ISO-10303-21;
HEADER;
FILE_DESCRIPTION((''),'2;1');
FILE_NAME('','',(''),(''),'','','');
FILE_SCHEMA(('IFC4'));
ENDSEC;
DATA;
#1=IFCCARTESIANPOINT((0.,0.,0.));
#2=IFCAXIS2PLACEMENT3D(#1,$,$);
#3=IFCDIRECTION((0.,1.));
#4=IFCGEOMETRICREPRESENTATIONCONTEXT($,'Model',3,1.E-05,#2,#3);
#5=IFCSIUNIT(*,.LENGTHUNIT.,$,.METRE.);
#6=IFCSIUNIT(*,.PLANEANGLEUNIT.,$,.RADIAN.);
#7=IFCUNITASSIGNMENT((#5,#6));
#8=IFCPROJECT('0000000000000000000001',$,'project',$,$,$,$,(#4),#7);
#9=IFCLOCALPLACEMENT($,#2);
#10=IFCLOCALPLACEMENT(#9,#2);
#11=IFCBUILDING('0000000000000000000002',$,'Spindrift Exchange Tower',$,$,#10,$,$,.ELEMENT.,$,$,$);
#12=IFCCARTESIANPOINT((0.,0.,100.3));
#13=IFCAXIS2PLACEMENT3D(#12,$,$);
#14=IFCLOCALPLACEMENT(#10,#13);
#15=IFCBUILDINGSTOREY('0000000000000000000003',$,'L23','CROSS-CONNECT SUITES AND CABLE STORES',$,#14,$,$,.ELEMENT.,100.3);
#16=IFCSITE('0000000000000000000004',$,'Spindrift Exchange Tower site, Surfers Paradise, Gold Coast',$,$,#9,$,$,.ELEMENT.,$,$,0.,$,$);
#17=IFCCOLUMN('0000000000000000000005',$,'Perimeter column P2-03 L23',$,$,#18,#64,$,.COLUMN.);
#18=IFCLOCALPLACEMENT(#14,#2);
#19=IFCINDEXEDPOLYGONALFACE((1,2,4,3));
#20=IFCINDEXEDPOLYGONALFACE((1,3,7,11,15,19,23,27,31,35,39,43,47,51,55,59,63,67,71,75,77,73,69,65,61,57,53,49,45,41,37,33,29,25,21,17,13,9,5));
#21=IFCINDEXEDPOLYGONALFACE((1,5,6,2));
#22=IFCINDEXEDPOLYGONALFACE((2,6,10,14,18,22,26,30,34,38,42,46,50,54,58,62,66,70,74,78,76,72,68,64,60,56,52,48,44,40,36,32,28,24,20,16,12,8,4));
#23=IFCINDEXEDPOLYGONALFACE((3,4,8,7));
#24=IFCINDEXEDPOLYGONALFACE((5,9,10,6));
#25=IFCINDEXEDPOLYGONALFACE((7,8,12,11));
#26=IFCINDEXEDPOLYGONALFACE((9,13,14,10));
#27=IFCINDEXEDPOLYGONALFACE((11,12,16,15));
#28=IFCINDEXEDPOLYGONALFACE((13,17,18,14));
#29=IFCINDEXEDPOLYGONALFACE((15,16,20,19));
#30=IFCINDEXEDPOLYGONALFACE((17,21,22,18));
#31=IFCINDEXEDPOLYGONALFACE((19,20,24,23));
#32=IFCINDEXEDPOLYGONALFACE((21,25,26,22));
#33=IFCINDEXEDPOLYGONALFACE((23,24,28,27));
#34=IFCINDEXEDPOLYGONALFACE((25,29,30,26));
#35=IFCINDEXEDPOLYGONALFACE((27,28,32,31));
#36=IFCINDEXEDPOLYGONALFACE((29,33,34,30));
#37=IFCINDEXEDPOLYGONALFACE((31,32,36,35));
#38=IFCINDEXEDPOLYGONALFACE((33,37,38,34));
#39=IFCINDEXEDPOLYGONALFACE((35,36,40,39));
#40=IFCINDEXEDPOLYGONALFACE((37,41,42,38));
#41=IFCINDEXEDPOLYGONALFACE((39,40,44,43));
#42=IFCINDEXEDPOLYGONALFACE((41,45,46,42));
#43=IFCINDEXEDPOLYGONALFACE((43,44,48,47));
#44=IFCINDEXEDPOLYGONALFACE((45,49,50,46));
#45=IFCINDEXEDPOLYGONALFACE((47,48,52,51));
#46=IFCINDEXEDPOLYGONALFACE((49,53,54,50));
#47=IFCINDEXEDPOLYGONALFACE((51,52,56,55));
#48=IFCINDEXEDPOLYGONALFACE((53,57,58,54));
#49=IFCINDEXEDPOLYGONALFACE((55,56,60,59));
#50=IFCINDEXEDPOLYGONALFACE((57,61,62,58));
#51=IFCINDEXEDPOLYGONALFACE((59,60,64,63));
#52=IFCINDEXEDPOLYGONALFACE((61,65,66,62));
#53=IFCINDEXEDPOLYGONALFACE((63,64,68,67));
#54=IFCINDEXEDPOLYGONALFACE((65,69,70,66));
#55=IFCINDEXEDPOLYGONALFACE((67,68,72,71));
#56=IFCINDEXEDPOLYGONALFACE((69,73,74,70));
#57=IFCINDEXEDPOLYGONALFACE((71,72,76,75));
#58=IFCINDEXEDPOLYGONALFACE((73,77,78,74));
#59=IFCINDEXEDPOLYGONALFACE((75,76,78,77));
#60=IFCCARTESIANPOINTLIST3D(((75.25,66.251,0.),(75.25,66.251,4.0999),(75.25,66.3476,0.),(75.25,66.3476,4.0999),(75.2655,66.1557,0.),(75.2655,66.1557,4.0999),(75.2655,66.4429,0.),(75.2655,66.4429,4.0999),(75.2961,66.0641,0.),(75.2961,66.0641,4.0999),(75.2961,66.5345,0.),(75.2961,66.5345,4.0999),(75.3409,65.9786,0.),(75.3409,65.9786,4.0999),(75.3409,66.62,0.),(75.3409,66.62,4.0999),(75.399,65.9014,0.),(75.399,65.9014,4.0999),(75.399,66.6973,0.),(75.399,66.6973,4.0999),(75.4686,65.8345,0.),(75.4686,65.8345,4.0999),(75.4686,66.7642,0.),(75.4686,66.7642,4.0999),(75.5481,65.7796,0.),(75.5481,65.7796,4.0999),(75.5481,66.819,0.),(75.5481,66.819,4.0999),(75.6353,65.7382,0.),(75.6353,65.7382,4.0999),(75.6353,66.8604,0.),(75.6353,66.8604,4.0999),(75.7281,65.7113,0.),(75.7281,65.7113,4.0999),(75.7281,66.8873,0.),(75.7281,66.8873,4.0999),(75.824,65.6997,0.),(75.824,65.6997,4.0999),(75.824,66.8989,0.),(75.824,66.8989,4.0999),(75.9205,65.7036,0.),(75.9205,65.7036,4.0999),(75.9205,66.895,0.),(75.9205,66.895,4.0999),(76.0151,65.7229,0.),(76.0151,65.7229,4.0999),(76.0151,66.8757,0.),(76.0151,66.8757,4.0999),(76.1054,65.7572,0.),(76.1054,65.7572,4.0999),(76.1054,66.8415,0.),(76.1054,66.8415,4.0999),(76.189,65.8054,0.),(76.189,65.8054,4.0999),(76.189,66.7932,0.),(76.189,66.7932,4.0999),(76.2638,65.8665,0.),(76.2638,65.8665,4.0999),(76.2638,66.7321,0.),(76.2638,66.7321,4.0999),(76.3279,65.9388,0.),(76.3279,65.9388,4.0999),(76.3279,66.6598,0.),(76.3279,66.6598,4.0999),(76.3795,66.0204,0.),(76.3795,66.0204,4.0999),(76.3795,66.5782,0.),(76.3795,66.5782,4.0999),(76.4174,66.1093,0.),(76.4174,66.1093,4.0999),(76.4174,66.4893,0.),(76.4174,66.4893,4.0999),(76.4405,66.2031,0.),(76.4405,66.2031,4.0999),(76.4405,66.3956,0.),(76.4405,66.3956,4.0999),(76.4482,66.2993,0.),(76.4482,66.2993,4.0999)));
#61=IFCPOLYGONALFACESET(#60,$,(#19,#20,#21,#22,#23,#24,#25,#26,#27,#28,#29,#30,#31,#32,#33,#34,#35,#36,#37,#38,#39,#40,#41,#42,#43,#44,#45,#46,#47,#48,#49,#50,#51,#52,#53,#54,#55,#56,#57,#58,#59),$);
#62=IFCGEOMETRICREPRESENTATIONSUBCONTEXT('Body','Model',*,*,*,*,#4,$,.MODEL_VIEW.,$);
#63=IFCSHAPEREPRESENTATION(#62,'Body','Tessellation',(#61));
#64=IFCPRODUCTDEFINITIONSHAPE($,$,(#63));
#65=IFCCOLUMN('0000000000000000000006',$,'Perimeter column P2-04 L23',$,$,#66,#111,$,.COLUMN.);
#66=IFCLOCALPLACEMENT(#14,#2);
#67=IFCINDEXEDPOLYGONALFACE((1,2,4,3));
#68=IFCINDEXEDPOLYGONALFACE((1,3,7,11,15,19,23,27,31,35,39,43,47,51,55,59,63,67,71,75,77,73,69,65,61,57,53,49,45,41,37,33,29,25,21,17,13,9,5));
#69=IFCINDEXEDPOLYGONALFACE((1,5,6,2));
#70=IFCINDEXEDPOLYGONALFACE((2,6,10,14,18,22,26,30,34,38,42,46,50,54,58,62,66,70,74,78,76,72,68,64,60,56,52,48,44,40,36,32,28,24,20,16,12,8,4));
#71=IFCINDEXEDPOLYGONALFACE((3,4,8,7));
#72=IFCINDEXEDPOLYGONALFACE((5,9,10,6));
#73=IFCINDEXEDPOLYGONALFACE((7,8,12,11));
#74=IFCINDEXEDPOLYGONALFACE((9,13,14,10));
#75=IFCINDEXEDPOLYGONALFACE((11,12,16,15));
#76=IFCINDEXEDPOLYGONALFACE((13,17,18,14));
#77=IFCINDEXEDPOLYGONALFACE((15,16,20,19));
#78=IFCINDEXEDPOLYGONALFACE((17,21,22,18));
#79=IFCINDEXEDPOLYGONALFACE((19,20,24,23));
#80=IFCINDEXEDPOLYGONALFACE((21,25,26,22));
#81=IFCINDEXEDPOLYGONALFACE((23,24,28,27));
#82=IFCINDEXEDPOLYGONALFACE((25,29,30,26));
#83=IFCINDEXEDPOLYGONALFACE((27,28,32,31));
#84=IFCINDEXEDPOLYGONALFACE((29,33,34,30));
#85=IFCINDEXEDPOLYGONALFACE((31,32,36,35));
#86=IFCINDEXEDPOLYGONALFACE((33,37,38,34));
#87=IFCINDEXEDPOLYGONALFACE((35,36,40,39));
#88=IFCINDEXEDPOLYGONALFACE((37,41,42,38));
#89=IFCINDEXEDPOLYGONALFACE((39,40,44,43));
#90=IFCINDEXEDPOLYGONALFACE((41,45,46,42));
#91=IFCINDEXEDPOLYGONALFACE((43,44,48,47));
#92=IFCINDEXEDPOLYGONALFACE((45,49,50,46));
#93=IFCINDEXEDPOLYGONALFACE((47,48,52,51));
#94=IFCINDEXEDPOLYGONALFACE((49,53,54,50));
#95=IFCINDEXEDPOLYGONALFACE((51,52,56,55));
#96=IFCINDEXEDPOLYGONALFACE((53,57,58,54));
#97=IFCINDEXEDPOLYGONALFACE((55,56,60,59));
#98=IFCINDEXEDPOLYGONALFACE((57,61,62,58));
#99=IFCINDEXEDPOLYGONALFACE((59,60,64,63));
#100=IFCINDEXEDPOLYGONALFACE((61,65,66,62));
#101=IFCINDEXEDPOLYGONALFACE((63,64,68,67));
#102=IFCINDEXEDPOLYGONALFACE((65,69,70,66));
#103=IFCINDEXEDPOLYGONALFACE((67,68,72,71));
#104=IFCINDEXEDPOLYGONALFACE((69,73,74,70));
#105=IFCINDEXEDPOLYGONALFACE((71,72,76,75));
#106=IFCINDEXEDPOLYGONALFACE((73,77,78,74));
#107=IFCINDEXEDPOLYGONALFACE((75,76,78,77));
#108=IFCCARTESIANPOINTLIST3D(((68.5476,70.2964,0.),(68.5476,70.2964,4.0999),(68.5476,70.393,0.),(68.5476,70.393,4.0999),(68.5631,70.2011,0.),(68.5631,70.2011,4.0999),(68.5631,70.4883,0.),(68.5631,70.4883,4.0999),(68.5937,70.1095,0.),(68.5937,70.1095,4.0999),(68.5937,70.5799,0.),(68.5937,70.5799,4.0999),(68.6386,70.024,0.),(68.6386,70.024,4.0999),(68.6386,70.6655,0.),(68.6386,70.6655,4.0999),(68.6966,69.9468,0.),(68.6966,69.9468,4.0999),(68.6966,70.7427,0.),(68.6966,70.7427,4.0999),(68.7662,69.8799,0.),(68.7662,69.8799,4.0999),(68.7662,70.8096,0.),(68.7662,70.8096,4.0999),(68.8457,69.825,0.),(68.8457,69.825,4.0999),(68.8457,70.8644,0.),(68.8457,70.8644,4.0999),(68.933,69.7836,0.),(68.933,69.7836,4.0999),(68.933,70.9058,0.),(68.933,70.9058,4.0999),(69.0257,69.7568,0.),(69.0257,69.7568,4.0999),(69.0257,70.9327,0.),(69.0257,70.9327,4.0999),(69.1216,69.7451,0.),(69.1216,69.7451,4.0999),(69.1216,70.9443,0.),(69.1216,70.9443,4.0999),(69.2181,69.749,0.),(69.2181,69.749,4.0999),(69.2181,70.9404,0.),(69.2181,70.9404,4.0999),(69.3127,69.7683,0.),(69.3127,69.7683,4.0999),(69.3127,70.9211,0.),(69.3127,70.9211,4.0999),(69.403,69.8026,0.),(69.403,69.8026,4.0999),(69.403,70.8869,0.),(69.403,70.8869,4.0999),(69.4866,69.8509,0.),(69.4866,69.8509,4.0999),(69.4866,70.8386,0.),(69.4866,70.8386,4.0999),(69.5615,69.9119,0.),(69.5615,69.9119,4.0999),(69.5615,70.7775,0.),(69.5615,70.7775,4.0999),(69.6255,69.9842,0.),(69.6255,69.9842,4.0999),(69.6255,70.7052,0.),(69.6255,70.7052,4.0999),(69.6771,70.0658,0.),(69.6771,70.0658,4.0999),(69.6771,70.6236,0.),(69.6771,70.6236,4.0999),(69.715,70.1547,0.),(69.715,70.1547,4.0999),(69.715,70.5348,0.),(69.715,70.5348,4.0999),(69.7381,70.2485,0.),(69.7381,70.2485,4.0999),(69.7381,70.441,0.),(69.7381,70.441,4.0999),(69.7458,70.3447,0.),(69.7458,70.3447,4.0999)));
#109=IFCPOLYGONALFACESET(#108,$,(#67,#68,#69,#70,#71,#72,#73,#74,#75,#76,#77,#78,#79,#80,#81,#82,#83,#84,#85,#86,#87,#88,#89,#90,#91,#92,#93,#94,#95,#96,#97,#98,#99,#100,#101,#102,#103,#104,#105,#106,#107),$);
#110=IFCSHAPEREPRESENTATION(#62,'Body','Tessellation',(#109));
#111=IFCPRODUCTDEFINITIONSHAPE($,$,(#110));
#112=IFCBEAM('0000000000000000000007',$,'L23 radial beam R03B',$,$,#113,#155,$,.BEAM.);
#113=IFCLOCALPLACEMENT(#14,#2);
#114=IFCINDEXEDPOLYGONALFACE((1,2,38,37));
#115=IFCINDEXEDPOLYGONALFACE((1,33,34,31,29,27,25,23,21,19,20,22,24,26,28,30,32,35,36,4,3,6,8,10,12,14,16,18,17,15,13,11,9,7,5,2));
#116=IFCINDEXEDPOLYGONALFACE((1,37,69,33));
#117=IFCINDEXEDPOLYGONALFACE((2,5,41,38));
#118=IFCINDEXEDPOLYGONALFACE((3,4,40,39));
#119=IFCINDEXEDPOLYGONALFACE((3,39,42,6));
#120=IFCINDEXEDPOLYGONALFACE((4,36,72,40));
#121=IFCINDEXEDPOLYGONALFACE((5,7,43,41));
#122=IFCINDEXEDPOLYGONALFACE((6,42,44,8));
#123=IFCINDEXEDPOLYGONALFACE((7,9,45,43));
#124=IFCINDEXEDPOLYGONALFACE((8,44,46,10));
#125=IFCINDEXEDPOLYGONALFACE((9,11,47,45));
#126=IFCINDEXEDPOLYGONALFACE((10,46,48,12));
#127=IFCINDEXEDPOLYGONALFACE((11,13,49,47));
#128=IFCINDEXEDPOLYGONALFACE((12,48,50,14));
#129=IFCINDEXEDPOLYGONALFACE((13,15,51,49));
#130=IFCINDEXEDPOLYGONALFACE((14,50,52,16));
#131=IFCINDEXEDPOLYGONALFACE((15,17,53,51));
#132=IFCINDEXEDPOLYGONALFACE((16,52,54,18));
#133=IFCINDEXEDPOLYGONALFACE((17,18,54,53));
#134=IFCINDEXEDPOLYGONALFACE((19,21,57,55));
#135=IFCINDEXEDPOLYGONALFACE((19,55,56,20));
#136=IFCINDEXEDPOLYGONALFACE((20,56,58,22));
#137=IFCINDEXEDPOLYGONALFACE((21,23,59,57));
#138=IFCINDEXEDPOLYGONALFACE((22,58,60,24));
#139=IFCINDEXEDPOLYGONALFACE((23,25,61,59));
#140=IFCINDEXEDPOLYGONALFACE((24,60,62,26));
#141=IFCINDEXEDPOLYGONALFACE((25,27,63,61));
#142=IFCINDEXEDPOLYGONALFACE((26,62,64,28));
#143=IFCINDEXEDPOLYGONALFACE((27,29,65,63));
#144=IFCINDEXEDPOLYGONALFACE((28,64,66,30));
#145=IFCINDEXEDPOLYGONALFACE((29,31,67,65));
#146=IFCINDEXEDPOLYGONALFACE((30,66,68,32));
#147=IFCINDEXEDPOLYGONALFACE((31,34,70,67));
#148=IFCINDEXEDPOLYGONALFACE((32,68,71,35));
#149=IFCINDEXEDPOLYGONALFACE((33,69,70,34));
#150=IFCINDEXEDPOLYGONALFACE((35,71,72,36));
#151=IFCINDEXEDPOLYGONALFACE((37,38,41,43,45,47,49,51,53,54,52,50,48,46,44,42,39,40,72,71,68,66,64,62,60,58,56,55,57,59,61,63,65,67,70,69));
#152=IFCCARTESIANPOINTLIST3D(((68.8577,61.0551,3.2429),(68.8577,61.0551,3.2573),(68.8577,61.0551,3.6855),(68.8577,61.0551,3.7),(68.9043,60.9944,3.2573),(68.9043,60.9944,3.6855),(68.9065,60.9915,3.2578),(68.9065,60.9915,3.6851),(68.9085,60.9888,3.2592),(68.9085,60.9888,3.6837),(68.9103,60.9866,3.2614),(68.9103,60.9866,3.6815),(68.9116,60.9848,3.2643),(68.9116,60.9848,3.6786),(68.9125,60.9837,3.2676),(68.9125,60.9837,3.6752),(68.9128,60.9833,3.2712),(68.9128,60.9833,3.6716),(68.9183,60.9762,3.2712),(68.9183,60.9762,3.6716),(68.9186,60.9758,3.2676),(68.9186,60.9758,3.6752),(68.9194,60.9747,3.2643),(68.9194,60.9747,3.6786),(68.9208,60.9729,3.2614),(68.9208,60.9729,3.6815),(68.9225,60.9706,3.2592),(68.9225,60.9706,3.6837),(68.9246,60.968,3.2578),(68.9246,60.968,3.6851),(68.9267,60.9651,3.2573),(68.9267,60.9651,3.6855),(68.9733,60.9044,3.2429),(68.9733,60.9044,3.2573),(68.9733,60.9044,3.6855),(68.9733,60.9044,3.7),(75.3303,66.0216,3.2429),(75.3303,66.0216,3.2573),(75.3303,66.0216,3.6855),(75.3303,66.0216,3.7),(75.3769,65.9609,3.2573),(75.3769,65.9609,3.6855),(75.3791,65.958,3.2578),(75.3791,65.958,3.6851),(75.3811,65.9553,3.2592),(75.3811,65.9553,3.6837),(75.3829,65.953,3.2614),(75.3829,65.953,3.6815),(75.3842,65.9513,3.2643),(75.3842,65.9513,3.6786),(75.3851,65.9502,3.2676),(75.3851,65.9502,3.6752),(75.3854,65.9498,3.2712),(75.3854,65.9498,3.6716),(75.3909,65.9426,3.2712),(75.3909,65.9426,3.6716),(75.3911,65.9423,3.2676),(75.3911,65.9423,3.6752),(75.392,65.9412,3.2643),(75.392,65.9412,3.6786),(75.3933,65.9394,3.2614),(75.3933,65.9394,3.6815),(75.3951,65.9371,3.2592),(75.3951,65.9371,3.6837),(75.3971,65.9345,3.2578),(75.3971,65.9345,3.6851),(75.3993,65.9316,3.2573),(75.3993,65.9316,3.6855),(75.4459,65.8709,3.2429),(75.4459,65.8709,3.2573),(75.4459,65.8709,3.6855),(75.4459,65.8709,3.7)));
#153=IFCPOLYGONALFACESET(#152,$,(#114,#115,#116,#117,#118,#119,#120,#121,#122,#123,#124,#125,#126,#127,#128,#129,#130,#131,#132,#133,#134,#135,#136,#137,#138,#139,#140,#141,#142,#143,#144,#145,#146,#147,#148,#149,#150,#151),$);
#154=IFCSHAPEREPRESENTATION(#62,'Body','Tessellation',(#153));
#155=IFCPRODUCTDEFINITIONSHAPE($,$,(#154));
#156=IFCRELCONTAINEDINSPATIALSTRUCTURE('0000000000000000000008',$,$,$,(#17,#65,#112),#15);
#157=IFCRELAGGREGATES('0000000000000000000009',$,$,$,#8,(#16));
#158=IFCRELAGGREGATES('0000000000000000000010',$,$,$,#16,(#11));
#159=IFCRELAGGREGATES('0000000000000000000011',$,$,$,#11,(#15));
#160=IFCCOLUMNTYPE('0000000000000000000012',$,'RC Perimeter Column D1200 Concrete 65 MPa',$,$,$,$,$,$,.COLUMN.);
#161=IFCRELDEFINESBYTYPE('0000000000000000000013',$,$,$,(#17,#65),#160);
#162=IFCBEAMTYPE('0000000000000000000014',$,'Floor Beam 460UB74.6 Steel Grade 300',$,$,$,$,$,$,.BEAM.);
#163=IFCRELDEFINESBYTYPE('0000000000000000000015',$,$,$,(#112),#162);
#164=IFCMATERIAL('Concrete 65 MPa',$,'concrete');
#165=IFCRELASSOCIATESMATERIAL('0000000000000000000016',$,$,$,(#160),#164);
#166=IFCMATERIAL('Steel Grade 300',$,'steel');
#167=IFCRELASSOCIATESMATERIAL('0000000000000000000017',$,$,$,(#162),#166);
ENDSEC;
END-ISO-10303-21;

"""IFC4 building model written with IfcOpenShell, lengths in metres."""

from ifc_helpers import new_model, si_unit, direction, frame, origin, origin_2d, place, context, subcontext, project, spatial, circle, i_section, extrude, source, transform, mapped, material, material_profile, profile_set, type_object, element, save


model = new_model("IFC4")

# Units and contexts
model_context = context("Model", 3, precision=1e-05, world=origin(), true_north=direction((0.0, 1.0)))
body_context = subcontext(model_context, "Body", "Model", "MODEL_VIEW")
ifc_project = project(units=[si_unit("LENGTHUNIT", "METRE"), si_unit("PLANEANGLEUNIT", "RADIAN")], contexts=[model_context])

# Site, building, storey
site_placement = place(None, origin())
site = spatial("IfcSite", under=ifc_project, at=site_placement, Name="Spindrift Exchange Tower site, Surfers Paradise, Gold Coast", CompositionType="ELEMENT", RefElevation=0.0)
building_placement = place(site_placement, origin())
building = spatial("IfcBuilding", under=site, at=building_placement, Name="Spindrift Exchange Tower", CompositionType="ELEMENT")
storey_placement = place(building_placement, frame((0.0, 0.0, 100.3)))
storey = spatial("IfcBuildingStorey", under=building, at=storey_placement, Name="L23", Description="CROSS-CONNECT SUITES AND CABLE STORES", CompositionType="ELEMENT", Elevation=100.3)

# Columns
ifc_material_1 = material(Name="Concrete 65 MPa", Category="concrete")
ifc_material_profile_1 = material_profile(ifc_material_1, circle(Radius=0.6001, at=origin_2d()), Name="RC D1200")
ifc_profile_set_1 = profile_set([ifc_material_profile_1], Name="Concrete 65 MPa")
column_type = type_object("IfcColumnType", Name="RC Perimeter Column D1200 Concrete 65 MPa", PredefinedType="COLUMN", material=ifc_profile_set_1)
shared_shape_1 = source(origin(), body_context, "Body", "SweptSolid", [
    extrude(circle(Radius=0.6001, at=origin_2d()), origin(), (0.0, 0.0, 1.0), 4.0999),
])
for number, where, z_axis, x_axis, name in (
    (1, (75.8481, 66.2993, 0.0), (0.0, 0.0, 1.0), (1.0, 0.0, 0.0), "Perimeter column P2-03 L23"),
    (2, (69.1458, 70.3447, 0.0), (0.0, 0.0, 1.0), (1.0, 0.0, 0.0), "Perimeter column P2-04 L23"),
):
    element("IfcColumn", number, at=place(storey_placement, frame(where, z_axis=z_axis, x_axis=x_axis)), inside=storey, type_object=column_type, Name=name, PredefinedType="COLUMN", context=body_context, shape_type="MappedRepresentation", body=[
        mapped(shared_shape_1, transform((0.0, 0.0, 0.0), scale=1.0)),
    ])

# Beam
ifc_material_2 = material(Name="Steel Grade 300", Category="steel")
ifc_material_profile_2 = material_profile(ifc_material_2, i_section(OverallWidth=0.1899, OverallDepth=0.457, WebThickness=0.009, FlangeThickness=0.0144, FilletRadius=0.0139, at=origin_2d()), Name="460UB74.6")
ifc_profile_set_2 = profile_set([ifc_material_profile_2], Name="Steel Grade 300")
beam_type_1 = type_object("IfcBeamType", Name="Floor Beam 460UB74.6 Steel Grade 300", PredefinedType="BEAM", material=ifc_profile_set_2)
shared_shape_2 = source(origin(), body_context, "Body", "SweptSolid", [
    extrude(i_section(OverallWidth=0.1899, OverallDepth=0.457, WebThickness=0.009, FlangeThickness=0.0144, FilletRadius=0.0139, at=origin_2d()), origin(), (0.0, 0.0, 1.0), 8.1584),
])
beam_1_placement = place(storey_placement, frame((68.9155, 60.9797, 3.4714), z_axis=(0.793359, 0.608754, 0.0), x_axis=(-0.608754, 0.793359, 0.0)))
element("IfcBeam", 3, at=beam_1_placement, inside=storey, type_object=beam_type_1, Name="L23 radial beam R03B", PredefinedType="BEAM", context=body_context, shape_type="MappedRepresentation", body=[
    mapped(shared_shape_2, transform((0.0, 0.0, 0.0), scale=1.0)),
])

save(model, "model.ifc")
